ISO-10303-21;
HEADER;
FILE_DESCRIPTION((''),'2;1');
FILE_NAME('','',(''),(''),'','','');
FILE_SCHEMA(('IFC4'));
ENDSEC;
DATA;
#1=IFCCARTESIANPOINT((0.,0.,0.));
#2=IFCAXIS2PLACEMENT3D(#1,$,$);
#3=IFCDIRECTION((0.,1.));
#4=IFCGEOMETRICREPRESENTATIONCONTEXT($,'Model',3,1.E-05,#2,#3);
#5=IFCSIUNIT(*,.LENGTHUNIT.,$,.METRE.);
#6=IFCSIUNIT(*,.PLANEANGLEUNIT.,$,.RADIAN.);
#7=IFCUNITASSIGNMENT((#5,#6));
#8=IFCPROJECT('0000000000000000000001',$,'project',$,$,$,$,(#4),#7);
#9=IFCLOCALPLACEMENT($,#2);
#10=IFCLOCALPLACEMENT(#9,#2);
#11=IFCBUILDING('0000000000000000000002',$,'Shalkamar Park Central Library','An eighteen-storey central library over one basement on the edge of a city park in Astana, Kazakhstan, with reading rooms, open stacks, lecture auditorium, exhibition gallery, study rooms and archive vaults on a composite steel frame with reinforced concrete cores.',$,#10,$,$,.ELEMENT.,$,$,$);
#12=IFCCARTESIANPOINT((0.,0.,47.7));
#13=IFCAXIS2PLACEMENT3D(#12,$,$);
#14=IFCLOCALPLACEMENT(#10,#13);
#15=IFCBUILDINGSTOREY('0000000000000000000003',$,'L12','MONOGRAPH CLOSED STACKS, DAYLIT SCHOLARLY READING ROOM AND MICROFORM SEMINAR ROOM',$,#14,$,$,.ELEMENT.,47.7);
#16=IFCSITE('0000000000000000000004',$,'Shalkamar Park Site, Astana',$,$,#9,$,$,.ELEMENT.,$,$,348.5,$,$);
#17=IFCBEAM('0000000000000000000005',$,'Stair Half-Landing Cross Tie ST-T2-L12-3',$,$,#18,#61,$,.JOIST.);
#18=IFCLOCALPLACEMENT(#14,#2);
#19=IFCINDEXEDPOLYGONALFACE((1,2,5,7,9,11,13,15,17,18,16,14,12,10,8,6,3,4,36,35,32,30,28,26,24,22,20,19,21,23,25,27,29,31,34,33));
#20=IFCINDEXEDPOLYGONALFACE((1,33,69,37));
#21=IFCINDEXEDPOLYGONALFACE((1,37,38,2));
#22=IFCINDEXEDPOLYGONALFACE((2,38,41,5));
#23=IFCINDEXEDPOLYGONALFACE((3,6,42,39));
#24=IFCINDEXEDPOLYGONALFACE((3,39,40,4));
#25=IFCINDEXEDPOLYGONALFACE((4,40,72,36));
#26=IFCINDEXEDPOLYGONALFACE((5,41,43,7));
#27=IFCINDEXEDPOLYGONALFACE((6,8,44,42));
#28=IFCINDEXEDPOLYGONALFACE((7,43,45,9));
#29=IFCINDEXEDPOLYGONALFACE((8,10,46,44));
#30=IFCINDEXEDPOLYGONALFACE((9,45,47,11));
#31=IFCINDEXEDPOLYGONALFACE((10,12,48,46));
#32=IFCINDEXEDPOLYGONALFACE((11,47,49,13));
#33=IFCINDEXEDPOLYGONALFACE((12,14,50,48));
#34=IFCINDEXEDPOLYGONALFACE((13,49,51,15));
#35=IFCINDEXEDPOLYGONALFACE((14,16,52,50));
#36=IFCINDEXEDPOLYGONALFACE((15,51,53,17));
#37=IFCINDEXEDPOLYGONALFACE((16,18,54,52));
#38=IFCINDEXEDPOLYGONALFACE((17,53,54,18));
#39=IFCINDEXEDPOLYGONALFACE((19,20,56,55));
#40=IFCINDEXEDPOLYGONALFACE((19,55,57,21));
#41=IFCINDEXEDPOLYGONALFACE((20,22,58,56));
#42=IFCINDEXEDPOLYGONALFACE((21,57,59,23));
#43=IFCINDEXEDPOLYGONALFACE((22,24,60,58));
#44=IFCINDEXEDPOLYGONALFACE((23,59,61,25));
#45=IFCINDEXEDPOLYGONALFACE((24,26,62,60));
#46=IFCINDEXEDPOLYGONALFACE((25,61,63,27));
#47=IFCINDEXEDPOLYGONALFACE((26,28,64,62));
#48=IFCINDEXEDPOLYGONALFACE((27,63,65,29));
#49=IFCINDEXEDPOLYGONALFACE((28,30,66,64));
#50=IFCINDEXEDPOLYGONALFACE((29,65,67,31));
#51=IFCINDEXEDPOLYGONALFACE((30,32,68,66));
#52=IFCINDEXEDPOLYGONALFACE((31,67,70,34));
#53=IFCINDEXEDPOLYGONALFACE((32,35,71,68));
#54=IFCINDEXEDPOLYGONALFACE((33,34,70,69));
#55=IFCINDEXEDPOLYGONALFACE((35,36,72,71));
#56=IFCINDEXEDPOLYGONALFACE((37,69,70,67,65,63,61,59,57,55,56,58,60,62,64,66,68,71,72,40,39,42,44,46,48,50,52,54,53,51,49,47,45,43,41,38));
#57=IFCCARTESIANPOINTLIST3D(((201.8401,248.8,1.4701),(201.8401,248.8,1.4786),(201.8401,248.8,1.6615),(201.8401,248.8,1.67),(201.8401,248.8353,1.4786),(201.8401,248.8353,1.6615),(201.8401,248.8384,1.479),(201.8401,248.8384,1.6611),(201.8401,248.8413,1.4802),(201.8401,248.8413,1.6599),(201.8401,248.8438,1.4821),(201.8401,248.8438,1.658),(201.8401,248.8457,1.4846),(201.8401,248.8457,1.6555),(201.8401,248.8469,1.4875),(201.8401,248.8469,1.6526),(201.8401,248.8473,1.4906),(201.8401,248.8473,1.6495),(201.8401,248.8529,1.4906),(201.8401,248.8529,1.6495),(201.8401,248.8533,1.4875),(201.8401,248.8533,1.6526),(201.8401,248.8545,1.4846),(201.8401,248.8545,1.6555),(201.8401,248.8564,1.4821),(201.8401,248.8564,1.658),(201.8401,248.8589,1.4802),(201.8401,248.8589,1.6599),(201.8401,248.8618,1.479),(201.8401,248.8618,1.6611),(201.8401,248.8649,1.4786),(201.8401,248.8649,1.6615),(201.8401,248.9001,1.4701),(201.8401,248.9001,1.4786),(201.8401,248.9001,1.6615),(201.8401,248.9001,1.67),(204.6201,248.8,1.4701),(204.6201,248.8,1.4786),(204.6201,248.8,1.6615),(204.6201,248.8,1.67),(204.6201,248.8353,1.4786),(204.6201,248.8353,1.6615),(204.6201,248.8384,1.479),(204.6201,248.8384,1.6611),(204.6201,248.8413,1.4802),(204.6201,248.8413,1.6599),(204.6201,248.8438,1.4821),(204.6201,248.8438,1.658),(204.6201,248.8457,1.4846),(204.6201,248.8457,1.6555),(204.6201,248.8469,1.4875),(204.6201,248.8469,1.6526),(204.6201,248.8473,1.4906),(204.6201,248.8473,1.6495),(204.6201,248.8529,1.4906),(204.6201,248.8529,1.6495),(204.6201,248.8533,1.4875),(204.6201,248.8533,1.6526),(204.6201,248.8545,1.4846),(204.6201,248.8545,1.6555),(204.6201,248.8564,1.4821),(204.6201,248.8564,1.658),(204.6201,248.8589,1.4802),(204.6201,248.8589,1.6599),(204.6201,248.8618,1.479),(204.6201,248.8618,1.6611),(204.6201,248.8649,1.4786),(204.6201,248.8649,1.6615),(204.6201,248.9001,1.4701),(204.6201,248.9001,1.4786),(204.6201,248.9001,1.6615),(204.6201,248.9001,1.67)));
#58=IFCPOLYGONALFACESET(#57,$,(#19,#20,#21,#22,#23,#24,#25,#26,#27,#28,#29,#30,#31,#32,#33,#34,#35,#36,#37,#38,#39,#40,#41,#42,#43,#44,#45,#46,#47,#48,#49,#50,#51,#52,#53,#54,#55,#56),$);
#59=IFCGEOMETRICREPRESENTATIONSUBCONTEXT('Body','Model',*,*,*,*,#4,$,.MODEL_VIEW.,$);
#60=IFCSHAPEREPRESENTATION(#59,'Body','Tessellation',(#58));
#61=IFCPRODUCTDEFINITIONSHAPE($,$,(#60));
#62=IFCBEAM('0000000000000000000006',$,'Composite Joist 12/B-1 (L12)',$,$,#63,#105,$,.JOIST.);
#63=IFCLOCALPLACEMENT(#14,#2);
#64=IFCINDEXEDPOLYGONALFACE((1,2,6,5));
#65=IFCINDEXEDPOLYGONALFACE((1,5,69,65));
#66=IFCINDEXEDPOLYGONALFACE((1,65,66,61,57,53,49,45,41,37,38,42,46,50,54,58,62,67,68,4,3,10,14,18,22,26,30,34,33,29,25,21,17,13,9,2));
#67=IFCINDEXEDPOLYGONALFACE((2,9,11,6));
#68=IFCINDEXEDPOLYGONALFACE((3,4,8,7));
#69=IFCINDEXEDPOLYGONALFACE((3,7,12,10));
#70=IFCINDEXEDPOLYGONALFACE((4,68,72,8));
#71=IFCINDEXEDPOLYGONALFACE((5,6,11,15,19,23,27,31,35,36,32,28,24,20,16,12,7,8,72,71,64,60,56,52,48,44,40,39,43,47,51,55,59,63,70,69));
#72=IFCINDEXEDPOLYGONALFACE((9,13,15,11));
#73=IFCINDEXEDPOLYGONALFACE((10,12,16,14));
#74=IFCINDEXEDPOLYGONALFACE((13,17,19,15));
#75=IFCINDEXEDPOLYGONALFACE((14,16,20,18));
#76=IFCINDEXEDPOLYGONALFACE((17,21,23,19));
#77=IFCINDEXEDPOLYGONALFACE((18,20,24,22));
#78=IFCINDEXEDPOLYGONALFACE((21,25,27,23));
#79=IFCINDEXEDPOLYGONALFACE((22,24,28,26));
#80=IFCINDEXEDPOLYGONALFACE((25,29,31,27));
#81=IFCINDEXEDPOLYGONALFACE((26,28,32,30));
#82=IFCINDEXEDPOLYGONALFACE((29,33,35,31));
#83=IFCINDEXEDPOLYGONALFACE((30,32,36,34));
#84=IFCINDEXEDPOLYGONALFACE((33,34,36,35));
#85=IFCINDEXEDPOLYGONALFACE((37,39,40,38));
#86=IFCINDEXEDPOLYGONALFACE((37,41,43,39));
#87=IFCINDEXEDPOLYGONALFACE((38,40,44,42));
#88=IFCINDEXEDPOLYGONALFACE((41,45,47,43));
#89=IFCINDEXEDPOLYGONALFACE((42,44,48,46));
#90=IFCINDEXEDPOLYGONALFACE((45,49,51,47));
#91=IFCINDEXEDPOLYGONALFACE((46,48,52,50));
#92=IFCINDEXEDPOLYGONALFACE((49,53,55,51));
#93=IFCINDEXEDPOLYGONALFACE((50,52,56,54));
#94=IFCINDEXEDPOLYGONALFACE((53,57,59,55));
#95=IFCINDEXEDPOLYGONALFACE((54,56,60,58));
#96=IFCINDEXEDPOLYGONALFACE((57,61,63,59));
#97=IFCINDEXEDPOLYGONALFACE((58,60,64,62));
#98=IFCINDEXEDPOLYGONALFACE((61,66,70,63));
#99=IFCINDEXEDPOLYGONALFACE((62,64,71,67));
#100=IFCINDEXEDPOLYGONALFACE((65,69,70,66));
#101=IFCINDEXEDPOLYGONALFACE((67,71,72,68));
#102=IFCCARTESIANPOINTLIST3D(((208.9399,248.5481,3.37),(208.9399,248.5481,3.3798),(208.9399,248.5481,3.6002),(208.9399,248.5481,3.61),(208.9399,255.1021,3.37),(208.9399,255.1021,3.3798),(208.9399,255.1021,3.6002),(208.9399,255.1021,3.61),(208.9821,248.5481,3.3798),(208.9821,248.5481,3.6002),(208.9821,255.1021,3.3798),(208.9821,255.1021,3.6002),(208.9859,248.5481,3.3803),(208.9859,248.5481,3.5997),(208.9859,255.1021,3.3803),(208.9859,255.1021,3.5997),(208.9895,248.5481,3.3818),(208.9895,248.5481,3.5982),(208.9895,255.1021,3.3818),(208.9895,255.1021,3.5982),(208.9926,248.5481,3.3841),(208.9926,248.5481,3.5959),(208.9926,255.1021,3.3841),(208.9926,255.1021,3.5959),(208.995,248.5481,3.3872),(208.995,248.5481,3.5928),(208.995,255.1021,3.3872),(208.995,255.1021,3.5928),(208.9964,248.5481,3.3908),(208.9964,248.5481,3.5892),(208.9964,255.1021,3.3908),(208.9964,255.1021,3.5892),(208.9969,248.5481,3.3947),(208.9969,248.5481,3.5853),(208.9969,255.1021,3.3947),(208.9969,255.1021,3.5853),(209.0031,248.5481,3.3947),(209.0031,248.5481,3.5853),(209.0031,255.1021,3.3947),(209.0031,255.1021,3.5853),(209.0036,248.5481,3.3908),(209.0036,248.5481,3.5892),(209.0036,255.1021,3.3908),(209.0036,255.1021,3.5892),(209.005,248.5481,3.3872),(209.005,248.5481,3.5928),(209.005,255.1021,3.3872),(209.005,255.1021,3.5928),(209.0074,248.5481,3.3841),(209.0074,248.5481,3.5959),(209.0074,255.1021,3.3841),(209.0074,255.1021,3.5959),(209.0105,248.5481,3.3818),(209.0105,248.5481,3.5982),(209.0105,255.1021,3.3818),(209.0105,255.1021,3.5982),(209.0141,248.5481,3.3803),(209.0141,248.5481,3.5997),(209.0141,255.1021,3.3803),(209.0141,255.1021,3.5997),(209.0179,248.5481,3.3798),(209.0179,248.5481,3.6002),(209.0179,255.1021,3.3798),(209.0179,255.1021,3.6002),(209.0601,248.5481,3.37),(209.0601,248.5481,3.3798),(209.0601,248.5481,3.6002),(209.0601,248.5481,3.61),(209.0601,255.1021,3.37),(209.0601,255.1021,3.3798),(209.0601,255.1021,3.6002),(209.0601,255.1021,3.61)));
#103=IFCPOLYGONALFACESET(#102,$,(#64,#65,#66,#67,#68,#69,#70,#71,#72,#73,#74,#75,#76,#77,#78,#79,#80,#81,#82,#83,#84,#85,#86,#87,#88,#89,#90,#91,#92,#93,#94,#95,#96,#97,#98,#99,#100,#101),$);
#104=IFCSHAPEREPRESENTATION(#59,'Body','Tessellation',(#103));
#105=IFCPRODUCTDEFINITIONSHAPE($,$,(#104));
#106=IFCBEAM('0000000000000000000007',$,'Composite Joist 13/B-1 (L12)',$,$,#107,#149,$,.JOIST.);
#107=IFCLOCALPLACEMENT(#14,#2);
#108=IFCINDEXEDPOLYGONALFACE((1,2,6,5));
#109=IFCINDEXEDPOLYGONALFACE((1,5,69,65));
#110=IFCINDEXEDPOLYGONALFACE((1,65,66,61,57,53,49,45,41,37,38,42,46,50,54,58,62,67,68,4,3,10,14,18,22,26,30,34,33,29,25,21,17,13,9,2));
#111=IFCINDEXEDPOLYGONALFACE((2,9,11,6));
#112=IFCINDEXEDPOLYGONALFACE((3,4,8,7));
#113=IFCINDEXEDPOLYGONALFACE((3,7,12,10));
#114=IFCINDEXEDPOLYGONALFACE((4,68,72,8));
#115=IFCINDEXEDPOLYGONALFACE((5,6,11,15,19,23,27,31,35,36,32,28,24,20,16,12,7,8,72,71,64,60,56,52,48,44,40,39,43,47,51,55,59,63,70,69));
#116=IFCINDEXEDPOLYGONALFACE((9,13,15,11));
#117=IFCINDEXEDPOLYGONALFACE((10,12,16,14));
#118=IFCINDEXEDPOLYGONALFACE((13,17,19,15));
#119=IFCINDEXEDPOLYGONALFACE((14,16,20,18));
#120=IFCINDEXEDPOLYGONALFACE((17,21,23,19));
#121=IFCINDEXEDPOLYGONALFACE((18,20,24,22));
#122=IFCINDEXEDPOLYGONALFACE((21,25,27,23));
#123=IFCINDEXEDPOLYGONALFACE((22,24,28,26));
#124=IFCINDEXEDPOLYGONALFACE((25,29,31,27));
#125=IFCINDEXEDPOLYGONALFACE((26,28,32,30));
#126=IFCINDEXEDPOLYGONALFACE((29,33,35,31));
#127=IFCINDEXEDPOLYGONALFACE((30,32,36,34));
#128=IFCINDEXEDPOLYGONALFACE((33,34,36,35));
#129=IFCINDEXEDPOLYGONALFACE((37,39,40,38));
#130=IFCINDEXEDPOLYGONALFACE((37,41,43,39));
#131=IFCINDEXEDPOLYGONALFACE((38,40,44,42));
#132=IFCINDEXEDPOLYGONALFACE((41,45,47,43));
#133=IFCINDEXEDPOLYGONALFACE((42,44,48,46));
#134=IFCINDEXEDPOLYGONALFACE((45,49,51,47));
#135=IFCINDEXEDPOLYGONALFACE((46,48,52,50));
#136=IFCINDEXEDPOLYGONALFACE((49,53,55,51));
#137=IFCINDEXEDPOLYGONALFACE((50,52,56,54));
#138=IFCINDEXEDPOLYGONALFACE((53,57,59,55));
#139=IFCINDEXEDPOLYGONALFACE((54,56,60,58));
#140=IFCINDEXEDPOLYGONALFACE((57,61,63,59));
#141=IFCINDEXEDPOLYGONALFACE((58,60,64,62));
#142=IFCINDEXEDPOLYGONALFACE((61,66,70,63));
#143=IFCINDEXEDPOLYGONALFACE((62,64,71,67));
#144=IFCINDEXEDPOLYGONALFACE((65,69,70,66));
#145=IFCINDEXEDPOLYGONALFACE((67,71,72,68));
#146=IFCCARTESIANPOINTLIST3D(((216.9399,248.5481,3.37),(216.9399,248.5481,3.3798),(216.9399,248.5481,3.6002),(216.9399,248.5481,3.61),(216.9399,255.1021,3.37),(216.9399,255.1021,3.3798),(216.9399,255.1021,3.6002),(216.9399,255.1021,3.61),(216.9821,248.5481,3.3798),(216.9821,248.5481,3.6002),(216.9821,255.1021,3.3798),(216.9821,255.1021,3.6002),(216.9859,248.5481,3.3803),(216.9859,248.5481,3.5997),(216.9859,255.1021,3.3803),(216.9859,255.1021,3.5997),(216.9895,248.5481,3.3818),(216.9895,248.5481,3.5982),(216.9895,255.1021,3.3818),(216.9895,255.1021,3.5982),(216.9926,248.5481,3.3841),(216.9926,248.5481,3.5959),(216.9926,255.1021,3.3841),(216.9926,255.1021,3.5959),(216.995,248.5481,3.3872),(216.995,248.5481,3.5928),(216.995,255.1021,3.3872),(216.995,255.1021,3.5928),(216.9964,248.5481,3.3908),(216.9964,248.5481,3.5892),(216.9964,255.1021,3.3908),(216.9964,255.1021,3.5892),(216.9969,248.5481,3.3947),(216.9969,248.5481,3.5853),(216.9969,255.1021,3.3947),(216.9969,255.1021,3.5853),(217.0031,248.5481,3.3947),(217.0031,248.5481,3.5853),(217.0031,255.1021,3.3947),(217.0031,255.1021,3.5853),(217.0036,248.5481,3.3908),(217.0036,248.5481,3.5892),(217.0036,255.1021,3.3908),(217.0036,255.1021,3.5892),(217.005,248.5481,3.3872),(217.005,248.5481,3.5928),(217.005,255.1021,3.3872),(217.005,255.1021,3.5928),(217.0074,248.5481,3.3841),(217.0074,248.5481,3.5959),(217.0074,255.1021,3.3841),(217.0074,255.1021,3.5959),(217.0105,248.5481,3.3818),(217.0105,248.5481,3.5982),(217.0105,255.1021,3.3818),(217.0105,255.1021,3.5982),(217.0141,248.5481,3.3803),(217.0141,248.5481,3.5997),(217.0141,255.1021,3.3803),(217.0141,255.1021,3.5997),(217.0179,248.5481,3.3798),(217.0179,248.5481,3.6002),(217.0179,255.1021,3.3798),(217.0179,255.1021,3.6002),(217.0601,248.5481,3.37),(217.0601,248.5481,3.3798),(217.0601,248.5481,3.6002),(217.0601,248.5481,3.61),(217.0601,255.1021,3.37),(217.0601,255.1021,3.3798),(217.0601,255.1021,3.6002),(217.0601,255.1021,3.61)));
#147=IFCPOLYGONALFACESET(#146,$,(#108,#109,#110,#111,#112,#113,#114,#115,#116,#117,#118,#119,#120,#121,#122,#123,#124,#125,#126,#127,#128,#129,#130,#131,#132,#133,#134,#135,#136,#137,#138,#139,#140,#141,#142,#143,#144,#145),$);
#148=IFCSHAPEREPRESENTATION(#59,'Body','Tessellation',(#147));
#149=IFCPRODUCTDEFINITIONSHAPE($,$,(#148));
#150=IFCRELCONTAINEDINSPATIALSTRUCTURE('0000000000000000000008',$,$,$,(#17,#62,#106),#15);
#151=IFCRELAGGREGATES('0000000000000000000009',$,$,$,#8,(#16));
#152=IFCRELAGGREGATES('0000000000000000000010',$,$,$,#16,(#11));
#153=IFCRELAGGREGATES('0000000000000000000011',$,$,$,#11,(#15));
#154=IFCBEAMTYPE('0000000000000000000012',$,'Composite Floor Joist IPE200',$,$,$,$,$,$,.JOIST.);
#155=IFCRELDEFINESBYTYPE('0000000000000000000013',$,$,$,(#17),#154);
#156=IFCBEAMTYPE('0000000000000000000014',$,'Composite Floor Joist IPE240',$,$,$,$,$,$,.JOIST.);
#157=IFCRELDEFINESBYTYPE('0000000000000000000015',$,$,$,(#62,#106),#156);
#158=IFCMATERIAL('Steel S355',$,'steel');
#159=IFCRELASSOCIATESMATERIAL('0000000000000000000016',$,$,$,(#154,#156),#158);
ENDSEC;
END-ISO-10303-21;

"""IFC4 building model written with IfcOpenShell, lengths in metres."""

from ifc_helpers import new_model, si_unit, direction, frame, origin, origin_2d, place, context, subcontext, project, spatial, i_section, extrude, material, material_profile, profile_set, type_object, element, save


model = new_model("IFC4")

# Units and contexts
model_context = context("Model", 3, precision=1e-05, world=origin(), true_north=direction((0.0, 1.0)))
body_context = subcontext(model_context, "Body", "Model", "MODEL_VIEW")
ifc_project = project(units=[si_unit("LENGTHUNIT", "METRE"), si_unit("PLANEANGLEUNIT", "RADIAN")], contexts=[model_context])

# Site, building, storey
site_placement = place(None, origin())
site = spatial("IfcSite", under=ifc_project, at=site_placement, Name="Shalkamar Park Site, Astana", CompositionType="ELEMENT", RefElevation=348.5)
building_placement = place(site_placement, origin())
building = spatial("IfcBuilding", under=site, at=building_placement, Name="Shalkamar Park Central Library", Description="An eighteen-storey central library over one basement on the edge of a city park in Astana, Kazakhstan, with reading rooms, open stacks, lecture auditorium, exhibition gallery, study rooms and archive vaults on a composite steel frame with reinforced concrete cores.", CompositionType="ELEMENT")
storey_placement = place(building_placement, frame((0.0, 0.0, 47.7)))
storey = spatial("IfcBuildingStorey", under=building, at=storey_placement, Name="L12", Description="MONOGRAPH CLOSED STACKS, DAYLIT SCHOLARLY READING ROOM AND MICROFORM SEMINAR ROOM", CompositionType="ELEMENT", Elevation=47.7)

# Beams
ifc_material_1 = material(Name="Steel S355", Category="steel")
ifc_material_profile_1 = material_profile(ifc_material_1, i_section(OverallWidth=0.1001, OverallDepth=0.2, WebThickness=0.0056, FlangeThickness=0.0085, FilletRadius=0.012, at=origin_2d()), Name="IPE 200")
ifc_profile_set_1 = profile_set([ifc_material_profile_1], Name="Steel S355")
beam_type_1 = type_object("IfcBeamType", Name="Composite Floor Joist IPE200", PredefinedType="JOIST", material=ifc_profile_set_1)
beam_1_placement = place(storey_placement, frame((201.8401, 248.8501, 1.5701), z_axis=(1.0, 0.0, 0.0), x_axis=(0.0, 1.0, 0.0)))
element("IfcBeam", 1, at=beam_1_placement, inside=storey, type_object=beam_type_1, Name="Stair Half-Landing Cross Tie ST-T2-L12-3", PredefinedType="JOIST", context=body_context, shape_type="SweptSolid", body=[
    extrude(i_section(OverallWidth=0.1001, OverallDepth=0.2, WebThickness=0.0056, FlangeThickness=0.0085, FilletRadius=0.012, at=origin_2d()), origin(), (0.0, 0.0, 1.0), 2.78),
])
ifc_material_profile_2 = material_profile(ifc_material_1, i_section(OverallWidth=0.1201, OverallDepth=0.24, WebThickness=0.0061, FlangeThickness=0.0098, FilletRadius=0.0149, at=origin_2d()), Name="IPE 240")
ifc_profile_set_2 = profile_set([ifc_material_profile_2], Name="Steel S355")
beam_type_2 = type_object("IfcBeamType", Name="Composite Floor Joist IPE240", PredefinedType="JOIST", material=ifc_profile_set_2)
for number, where, z_axis, x_axis, name in (
    (2, (209.0, 248.5481, 3.49), (0.0, 1.0, 0.0), (-1.0, 0.0, 0.0), "Composite Joist 12/B-1 (L12)"),
    (3, (217.0, 248.5481, 3.49), (0.0, 1.0, 0.0), (-1.0, 0.0, 0.0), "Composite Joist 13/B-1 (L12)"),
):
    element("IfcBeam", number, at=place(storey_placement, frame(where, z_axis=z_axis, x_axis=x_axis)), inside=storey, type_object=beam_type_2, Name=name, PredefinedType="JOIST", context=body_context, shape_type="SweptSolid", body=[
        extrude(i_section(OverallWidth=0.1201, OverallDepth=0.24, WebThickness=0.0061, FlangeThickness=0.0098, FilletRadius=0.0149, at=origin_2d()), origin(), (0.0, 0.0, 1.0), 6.554),
    ])

save(model, "model.ifc")
